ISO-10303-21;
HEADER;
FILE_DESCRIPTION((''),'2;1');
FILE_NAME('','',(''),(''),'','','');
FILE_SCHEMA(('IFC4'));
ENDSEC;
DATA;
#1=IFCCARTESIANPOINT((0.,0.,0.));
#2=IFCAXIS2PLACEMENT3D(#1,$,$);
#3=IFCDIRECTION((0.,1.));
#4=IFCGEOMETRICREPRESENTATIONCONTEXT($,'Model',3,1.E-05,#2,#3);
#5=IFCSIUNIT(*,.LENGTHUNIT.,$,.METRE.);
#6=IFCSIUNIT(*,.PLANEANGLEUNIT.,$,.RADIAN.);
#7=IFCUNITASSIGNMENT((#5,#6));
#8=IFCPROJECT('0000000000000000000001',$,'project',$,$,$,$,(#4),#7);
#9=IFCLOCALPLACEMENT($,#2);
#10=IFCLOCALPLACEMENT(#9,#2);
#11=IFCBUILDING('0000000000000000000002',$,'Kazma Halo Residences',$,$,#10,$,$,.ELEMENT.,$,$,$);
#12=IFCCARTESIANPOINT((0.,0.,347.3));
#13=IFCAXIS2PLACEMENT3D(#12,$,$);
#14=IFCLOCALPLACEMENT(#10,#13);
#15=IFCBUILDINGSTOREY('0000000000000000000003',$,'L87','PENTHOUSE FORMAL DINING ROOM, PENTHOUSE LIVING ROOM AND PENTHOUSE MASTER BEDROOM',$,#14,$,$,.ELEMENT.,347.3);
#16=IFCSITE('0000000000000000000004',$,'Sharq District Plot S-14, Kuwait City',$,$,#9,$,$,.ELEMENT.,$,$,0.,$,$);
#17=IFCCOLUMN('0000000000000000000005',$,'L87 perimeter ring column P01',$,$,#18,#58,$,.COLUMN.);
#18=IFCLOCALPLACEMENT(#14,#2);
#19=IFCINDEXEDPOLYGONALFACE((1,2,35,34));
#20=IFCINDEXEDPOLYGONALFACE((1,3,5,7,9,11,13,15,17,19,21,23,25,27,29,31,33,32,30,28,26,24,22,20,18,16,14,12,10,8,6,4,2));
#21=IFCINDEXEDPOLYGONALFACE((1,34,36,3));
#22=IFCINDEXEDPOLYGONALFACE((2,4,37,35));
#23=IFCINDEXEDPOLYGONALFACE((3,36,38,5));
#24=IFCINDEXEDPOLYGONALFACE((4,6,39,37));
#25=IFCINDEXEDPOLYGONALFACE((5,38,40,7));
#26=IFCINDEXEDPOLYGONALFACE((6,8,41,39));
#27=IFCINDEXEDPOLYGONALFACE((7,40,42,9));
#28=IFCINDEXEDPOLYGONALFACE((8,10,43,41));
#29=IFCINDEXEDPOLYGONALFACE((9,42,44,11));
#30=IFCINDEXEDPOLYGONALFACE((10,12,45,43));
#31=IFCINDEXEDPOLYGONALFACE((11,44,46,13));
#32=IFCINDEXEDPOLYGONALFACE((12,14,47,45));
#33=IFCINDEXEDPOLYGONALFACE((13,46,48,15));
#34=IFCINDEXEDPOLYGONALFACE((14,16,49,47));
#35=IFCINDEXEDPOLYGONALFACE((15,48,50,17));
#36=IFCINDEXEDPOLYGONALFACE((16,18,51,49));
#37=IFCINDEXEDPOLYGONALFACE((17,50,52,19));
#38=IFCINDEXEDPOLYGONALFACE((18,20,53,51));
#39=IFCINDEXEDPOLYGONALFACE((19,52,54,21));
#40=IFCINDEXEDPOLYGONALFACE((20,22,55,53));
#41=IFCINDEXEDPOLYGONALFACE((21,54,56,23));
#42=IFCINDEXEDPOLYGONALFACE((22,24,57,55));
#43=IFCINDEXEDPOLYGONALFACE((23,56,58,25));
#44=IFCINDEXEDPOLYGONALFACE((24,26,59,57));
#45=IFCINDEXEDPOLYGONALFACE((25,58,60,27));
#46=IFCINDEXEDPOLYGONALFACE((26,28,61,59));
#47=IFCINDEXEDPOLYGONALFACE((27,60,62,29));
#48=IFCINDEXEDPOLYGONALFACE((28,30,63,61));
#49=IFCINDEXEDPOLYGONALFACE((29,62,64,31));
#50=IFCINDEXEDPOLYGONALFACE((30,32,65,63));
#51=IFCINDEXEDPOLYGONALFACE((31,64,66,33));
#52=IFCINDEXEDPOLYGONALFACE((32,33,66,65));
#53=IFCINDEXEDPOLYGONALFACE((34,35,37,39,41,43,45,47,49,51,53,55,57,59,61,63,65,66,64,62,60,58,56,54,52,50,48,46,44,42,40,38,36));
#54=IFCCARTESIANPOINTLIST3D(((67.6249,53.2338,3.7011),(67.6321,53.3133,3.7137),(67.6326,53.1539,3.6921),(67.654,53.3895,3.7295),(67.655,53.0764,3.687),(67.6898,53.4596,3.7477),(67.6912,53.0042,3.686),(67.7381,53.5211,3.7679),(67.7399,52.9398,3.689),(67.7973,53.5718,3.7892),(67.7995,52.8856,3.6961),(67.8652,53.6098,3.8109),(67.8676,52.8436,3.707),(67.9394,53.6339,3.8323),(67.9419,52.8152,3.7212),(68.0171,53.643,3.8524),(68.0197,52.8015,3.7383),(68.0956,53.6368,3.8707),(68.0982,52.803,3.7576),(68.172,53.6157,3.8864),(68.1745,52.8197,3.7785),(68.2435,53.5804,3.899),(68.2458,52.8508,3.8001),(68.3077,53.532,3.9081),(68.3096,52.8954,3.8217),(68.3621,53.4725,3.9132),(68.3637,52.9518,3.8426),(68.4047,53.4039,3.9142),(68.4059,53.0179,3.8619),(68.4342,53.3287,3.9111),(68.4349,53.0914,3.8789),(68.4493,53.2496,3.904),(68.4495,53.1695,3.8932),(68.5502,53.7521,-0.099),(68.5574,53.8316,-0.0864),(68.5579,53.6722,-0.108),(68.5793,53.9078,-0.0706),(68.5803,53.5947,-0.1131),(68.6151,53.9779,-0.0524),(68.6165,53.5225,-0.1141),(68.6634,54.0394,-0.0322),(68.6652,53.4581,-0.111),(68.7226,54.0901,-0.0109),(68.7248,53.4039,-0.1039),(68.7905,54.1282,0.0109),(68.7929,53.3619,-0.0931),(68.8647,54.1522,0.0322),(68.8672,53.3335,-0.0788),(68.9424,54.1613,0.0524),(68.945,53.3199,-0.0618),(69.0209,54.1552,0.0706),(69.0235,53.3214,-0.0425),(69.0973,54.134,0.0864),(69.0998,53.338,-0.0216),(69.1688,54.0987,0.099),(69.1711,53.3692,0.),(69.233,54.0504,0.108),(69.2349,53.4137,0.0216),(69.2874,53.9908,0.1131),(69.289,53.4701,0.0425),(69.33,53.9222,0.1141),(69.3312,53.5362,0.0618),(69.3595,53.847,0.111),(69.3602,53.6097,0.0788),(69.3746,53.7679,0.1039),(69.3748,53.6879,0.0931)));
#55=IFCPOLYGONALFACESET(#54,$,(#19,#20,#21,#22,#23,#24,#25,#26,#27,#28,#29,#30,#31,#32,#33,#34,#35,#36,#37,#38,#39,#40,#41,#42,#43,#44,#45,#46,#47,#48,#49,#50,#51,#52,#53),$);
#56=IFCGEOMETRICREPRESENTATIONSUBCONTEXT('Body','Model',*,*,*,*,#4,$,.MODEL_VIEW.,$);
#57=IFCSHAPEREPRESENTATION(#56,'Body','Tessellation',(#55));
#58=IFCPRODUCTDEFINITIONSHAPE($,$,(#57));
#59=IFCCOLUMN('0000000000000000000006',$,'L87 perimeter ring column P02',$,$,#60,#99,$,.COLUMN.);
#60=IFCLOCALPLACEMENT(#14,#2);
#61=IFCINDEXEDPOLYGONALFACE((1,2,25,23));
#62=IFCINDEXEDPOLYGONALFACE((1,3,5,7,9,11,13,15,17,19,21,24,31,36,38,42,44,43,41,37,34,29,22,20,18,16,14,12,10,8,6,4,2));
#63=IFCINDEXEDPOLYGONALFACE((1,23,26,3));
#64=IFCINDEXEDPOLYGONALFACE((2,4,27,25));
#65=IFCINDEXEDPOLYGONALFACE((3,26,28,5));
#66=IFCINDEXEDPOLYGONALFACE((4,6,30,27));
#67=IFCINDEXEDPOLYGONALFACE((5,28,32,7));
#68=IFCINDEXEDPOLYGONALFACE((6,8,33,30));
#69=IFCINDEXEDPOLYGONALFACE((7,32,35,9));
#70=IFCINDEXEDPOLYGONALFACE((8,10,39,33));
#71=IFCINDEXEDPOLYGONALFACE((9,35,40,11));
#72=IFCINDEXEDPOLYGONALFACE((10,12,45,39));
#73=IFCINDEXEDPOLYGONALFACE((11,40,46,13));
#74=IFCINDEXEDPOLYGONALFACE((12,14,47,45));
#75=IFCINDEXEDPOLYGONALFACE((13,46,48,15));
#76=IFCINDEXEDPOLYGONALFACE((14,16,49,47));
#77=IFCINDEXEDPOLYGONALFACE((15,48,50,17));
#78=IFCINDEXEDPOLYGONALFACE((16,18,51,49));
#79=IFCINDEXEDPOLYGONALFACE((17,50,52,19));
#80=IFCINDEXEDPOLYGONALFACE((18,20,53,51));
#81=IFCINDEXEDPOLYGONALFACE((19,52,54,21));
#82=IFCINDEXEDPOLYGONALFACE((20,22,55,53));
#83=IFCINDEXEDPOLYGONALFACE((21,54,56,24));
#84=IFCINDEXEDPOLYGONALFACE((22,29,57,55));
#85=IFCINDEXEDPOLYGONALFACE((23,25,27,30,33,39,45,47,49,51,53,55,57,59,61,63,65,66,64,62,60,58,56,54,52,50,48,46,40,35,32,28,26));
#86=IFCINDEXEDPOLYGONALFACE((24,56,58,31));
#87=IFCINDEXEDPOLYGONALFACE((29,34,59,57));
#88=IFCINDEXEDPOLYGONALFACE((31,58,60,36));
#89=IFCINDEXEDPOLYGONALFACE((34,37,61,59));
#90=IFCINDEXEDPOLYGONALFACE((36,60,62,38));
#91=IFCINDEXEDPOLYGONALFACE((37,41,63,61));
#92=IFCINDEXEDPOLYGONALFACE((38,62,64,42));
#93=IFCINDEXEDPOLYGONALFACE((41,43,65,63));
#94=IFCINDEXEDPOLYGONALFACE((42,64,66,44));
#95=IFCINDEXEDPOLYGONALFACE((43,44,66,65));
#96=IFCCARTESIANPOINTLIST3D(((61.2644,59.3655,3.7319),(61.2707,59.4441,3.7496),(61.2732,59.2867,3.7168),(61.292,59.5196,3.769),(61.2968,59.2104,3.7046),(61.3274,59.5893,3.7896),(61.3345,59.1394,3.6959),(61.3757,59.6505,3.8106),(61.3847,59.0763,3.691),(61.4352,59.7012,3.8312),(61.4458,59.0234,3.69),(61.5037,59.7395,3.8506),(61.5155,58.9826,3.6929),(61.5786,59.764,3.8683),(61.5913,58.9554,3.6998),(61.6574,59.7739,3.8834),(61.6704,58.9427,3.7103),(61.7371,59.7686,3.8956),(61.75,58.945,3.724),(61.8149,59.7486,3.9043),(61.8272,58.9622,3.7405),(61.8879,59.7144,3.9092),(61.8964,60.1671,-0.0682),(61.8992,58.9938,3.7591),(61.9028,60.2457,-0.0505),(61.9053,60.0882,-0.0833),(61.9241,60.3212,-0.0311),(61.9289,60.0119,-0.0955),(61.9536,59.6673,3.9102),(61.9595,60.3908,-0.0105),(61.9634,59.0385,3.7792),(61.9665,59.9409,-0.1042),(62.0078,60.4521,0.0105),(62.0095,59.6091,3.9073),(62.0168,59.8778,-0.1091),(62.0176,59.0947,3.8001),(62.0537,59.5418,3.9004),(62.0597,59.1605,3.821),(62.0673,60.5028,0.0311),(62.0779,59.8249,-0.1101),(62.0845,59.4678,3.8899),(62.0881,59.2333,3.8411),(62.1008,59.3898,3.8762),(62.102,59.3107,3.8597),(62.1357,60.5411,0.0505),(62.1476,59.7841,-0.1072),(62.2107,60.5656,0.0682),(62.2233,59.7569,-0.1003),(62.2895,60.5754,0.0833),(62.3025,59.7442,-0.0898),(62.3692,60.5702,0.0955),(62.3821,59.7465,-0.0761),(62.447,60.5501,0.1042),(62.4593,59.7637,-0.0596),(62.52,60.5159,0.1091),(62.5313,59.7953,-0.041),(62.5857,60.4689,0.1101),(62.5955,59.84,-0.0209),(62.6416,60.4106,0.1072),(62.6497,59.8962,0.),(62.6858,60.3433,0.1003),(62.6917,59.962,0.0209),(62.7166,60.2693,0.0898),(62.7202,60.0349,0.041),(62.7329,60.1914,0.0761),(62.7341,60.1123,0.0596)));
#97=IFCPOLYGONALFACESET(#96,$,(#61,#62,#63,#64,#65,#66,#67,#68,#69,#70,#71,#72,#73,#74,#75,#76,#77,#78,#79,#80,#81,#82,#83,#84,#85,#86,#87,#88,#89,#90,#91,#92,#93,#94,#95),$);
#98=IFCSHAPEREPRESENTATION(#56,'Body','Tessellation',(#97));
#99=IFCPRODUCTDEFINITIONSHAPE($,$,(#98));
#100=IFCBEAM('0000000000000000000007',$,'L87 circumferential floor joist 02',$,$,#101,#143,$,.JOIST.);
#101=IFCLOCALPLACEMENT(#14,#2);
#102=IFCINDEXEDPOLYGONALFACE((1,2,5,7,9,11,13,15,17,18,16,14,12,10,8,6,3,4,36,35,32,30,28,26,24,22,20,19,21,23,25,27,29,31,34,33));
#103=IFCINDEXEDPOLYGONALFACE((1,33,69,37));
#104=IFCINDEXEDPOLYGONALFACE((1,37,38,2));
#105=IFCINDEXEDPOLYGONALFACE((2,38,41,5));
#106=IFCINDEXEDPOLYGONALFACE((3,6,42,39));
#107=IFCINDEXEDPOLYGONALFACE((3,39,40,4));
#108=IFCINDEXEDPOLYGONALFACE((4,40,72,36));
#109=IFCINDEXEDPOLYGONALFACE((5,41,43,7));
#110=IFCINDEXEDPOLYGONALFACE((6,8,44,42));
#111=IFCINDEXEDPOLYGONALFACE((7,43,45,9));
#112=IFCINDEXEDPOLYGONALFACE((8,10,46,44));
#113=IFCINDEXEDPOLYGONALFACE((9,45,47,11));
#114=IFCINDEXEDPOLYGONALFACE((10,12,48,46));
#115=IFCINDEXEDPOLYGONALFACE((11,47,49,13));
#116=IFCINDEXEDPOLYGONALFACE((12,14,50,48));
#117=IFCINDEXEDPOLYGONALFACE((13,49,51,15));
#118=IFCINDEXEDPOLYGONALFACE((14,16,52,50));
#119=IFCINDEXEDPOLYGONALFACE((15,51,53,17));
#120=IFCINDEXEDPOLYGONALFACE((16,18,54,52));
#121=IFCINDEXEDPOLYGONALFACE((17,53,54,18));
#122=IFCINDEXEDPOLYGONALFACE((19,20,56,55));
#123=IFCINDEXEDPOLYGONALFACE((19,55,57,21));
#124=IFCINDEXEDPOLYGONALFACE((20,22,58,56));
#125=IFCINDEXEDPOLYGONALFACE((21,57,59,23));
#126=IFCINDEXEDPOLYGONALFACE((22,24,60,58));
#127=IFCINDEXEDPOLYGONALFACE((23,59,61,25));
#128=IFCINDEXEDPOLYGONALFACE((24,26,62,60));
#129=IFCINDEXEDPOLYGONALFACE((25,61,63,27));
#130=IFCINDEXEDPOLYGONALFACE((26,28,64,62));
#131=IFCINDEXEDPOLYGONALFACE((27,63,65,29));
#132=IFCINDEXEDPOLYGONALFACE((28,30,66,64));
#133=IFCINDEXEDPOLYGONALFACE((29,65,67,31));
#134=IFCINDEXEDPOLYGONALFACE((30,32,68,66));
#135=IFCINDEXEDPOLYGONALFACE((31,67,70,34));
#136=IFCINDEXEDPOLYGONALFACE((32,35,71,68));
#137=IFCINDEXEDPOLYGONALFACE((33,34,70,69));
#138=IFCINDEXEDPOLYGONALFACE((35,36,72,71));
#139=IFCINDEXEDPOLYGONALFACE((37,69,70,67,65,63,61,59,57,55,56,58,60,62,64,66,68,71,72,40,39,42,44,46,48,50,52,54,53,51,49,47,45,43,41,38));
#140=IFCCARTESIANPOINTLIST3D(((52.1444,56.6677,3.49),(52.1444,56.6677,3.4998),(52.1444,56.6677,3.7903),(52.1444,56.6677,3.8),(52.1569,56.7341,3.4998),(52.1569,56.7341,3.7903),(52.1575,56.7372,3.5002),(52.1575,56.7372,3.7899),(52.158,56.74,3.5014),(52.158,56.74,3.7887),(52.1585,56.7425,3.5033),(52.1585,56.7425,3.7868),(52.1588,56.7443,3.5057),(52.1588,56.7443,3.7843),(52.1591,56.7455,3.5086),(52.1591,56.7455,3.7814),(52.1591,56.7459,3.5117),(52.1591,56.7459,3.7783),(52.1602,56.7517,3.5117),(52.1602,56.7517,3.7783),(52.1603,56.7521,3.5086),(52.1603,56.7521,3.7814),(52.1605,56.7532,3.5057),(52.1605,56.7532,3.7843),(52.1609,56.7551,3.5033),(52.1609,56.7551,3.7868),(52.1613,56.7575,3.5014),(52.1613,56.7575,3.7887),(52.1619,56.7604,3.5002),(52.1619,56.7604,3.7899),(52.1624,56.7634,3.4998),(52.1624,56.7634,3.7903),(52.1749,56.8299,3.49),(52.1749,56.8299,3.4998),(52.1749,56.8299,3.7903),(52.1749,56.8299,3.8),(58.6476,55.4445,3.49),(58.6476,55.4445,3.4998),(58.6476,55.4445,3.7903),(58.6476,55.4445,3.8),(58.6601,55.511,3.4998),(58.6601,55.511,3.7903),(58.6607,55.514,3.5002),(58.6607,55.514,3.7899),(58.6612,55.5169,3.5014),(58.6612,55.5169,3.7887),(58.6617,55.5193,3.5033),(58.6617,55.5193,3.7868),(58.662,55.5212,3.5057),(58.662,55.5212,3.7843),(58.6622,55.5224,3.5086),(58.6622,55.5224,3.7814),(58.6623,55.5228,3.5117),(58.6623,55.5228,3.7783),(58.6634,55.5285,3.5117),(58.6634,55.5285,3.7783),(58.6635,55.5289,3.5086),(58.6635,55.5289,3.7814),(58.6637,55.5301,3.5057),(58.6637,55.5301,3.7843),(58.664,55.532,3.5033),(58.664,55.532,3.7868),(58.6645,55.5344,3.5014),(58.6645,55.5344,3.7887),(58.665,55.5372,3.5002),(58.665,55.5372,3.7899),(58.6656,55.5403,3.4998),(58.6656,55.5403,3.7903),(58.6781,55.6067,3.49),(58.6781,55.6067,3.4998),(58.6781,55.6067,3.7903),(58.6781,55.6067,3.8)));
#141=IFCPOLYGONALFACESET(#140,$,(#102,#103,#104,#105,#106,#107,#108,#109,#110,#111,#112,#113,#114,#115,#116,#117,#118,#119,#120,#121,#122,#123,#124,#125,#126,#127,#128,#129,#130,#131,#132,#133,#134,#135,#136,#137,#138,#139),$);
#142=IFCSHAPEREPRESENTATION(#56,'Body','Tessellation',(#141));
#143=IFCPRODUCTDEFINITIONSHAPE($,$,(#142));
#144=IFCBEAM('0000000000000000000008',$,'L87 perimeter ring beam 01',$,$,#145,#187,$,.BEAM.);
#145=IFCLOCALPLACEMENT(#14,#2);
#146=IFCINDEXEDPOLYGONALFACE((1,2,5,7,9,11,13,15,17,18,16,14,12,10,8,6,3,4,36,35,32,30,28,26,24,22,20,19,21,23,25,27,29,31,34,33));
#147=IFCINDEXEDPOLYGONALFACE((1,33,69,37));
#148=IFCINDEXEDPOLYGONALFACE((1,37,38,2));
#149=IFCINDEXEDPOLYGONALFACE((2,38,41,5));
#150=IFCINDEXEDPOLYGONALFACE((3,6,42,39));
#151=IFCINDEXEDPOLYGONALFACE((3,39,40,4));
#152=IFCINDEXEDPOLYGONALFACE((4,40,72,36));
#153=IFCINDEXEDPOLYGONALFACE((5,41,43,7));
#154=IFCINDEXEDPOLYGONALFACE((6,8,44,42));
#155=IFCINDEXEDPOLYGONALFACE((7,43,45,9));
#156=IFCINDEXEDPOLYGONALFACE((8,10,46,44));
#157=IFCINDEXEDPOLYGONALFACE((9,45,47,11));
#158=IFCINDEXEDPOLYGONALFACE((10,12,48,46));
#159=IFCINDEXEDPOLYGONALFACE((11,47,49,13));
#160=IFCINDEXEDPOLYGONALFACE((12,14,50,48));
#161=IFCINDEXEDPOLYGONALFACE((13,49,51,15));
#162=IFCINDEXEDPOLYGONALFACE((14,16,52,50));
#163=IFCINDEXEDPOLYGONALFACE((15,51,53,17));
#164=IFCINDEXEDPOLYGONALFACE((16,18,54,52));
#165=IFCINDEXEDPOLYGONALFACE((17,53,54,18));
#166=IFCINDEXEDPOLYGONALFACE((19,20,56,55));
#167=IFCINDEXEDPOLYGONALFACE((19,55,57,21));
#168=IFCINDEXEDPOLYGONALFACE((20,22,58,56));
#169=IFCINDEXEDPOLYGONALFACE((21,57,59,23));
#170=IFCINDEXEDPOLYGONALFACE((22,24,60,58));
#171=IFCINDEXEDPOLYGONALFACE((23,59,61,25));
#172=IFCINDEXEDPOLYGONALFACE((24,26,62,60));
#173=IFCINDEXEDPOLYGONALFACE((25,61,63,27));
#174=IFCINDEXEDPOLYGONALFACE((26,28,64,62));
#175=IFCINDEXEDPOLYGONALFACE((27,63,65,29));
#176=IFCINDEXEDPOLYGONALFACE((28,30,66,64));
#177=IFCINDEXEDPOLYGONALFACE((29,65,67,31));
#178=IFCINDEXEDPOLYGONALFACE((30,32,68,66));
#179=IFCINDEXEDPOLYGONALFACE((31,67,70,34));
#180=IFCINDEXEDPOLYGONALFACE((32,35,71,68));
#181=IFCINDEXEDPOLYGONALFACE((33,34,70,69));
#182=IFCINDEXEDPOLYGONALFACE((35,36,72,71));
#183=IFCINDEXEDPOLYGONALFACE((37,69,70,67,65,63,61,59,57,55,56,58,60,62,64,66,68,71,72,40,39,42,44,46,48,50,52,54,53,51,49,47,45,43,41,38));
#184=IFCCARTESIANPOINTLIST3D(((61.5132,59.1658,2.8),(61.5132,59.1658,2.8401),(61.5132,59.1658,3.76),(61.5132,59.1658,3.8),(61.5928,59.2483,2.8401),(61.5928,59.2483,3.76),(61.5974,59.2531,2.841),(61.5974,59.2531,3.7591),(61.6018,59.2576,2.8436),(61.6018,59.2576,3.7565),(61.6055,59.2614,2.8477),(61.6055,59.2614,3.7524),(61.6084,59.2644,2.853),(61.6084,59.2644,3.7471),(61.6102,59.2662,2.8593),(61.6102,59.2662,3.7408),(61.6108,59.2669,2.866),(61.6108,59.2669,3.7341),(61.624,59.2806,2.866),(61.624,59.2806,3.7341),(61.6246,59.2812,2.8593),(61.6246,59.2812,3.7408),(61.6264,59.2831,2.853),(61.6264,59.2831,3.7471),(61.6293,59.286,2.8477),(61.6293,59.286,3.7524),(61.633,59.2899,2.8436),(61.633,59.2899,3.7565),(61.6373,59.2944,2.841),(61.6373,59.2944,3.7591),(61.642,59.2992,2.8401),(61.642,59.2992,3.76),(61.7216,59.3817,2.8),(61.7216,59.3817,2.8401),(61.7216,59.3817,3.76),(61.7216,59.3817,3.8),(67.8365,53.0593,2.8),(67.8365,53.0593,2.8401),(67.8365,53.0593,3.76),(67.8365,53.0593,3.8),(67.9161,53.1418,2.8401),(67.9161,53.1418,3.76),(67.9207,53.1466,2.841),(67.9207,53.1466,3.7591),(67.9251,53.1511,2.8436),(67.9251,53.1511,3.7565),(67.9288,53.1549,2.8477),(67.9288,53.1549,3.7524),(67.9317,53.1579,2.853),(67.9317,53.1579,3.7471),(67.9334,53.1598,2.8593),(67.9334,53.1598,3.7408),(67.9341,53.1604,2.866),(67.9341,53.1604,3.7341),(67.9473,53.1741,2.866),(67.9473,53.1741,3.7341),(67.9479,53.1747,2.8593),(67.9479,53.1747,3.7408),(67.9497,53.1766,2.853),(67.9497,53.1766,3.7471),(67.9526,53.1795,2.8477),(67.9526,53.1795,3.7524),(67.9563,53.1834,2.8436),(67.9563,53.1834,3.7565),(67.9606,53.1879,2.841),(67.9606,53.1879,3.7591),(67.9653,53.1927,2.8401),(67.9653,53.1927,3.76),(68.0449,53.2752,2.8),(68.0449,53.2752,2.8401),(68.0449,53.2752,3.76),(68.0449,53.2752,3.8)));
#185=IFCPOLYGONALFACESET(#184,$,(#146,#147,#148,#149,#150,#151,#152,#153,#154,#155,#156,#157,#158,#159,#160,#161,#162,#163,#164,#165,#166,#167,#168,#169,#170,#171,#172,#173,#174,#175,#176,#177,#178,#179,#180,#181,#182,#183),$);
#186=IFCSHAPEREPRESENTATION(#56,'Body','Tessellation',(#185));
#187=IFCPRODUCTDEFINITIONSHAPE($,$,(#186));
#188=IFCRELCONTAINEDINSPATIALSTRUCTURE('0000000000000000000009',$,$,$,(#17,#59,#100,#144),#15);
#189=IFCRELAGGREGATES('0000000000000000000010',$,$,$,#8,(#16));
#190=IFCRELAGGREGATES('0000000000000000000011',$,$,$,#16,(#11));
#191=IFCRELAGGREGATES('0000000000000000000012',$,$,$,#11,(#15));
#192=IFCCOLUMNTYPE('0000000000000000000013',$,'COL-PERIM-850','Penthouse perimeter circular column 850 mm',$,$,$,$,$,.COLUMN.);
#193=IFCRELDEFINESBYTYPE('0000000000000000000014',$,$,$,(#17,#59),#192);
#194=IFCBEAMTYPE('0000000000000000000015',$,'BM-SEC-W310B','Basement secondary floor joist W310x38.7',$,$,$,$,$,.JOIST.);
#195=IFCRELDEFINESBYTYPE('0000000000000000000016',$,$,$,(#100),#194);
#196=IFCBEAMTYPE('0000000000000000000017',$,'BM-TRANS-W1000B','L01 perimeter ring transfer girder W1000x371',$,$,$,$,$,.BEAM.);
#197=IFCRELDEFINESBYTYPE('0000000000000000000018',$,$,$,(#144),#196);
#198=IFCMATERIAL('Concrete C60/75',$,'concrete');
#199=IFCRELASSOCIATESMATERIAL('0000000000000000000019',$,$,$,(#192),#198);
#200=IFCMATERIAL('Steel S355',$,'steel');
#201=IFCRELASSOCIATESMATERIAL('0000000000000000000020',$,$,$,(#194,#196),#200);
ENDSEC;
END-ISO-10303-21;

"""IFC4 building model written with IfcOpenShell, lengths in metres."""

from ifc_helpers import new_model, si_unit, direction, frame, origin, origin_2d, place, context, subcontext, project, spatial, circle, i_section, extrude, material, material_profile, profile_set, type_object, element, save


model = new_model("IFC4")

# Units and contexts
model_context = context("Model", 3, precision=1e-05, world=origin(), true_north=direction((0.0, 1.0)))
body_context = subcontext(model_context, "Body", "Model", "MODEL_VIEW")
ifc_project = project(units=[si_unit("LENGTHUNIT", "METRE"), si_unit("PLANEANGLEUNIT", "RADIAN")], contexts=[model_context])

# Site, building, storey
site_placement = place(None, origin())
site = spatial("IfcSite", under=ifc_project, at=site_placement, Name="Sharq District Plot S-14, Kuwait City", CompositionType="ELEMENT", RefElevation=0.0)
building_placement = place(site_placement, origin())
building = spatial("IfcBuilding", under=site, at=building_placement, Name="Kazma Halo Residences", CompositionType="ELEMENT")
storey_placement = place(building_placement, frame((0.0, 0.0, 347.3)))
storey = spatial("IfcBuildingStorey", under=building, at=storey_placement, Name="L87", Description="PENTHOUSE FORMAL DINING ROOM, PENTHOUSE LIVING ROOM AND PENTHOUSE MASTER BEDROOM", CompositionType="ELEMENT", Elevation=347.3)

# Columns
ifc_material_1 = material(Name="Concrete C60/75", Category="concrete")
ifc_material_profile_1 = material_profile(ifc_material_1, circle(Radius=0.425, at=origin_2d()), Name="CIRC850")
ifc_profile_set_1 = profile_set([ifc_material_profile_1], Name="Concrete C60/75")
column_type = type_object("IfcColumnType", Name="COL-PERIM-850", Description="Penthouse perimeter circular column 850 mm", PredefinedType="COLUMN", material=ifc_profile_set_1)
column_1_placement = place(storey_placement, frame((68.9634, 53.74, 0.0), z_axis=(-0.234532, -0.131375, 0.96319), x_axis=(0.488709, -0.872447, 0.0)))
element("IfcColumn", 1, at=column_1_placement, inside=storey, type_object=column_type, Name="L87 perimeter ring column P01", PredefinedType="COLUMN", context=body_context, shape_type="SweptSolid", body=[
    extrude(circle(Radius=0.425, at=origin_2d()), origin(), (0.0, 0.0, 1.0), 3.9453),
])
column_2_placement = place(storey_placement, frame((62.3159, 60.1594, 0.0), z_axis=(-0.16064, -0.203701, 0.965764), x_axis=(0.785213, -0.619225, 0.0)))
element("IfcColumn", 2, at=column_2_placement, inside=storey, type_object=column_type, Name="L87 perimeter ring column P02", PredefinedType="COLUMN", context=body_context, shape_type="SweptSolid", body=[
    extrude(circle(Radius=0.425, at=origin_2d()), origin(), (0.0, 0.0, 1.0), 3.9348),
])

# Beams
ifc_material_2 = material(Name="Steel S355", Category="steel")
ifc_material_profile_2 = material_profile(ifc_material_2, i_section(OverallWidth=0.165, OverallDepth=0.3101, WebThickness=0.0059, FlangeThickness=0.0098, FilletRadius=0.012, at=origin_2d()), Name="W310x38.7")
ifc_profile_set_2 = profile_set([ifc_material_profile_2], Name="Steel S355")
beam_type_1 = type_object("IfcBeamType", Name="BM-SEC-W310B", Description="Basement secondary floor joist W310x38.7", PredefinedType="JOIST", material=ifc_profile_set_2)
beam_1_placement = place(storey_placement, frame((58.6628, 55.5256, 3.645), z_axis=(-0.982768, 0.184843, 0.0), x_axis=(-0.184843, -0.982768, 0.0)))
element("IfcBeam", 3, at=beam_1_placement, inside=storey, type_object=beam_type_1, Name="L87 circumferential floor joist 02", PredefinedType="JOIST", context=body_context, shape_type="SweptSolid", body=[
    extrude(i_section(OverallWidth=0.165, OverallDepth=0.3101, WebThickness=0.0059, FlangeThickness=0.0098, FilletRadius=0.012, at=origin_2d()), origin(), (0.0, 0.0, 1.0), 6.6172),
])
ifc_material_profile_3 = material_profile(ifc_material_2, i_section(OverallWidth=0.3, OverallDepth=1.0, WebThickness=0.019, FlangeThickness=0.04, FilletRadius=0.0259, at=origin_2d()), Name="W1000x371")
ifc_profile_set_3 = profile_set([ifc_material_profile_3], Name="Steel S355")
beam_type_2 = type_object("IfcBeamType", Name="BM-TRANS-W1000B", Description="L01 perimeter ring transfer girder W1000x371", PredefinedType="BEAM", material=ifc_profile_set_3)
beam_2_placement = place(storey_placement, frame((67.9407, 53.1672, 3.3), z_axis=(-0.719331, 0.694668, 0.0), x_axis=(-0.694668, -0.719331, 0.0)))
element("IfcBeam", 4, at=beam_2_placement, inside=storey, type_object=beam_type_2, Name="L87 perimeter ring beam 01", PredefinedType="BEAM", context=body_context, shape_type="SweptSolid", body=[
    extrude(i_section(OverallWidth=0.3, OverallDepth=1.0, WebThickness=0.019, FlangeThickness=0.04, FilletRadius=0.0259, at=origin_2d()), origin(), (0.0, 0.0, 1.0), 8.7905),
])

save(model, "model.ifc")
